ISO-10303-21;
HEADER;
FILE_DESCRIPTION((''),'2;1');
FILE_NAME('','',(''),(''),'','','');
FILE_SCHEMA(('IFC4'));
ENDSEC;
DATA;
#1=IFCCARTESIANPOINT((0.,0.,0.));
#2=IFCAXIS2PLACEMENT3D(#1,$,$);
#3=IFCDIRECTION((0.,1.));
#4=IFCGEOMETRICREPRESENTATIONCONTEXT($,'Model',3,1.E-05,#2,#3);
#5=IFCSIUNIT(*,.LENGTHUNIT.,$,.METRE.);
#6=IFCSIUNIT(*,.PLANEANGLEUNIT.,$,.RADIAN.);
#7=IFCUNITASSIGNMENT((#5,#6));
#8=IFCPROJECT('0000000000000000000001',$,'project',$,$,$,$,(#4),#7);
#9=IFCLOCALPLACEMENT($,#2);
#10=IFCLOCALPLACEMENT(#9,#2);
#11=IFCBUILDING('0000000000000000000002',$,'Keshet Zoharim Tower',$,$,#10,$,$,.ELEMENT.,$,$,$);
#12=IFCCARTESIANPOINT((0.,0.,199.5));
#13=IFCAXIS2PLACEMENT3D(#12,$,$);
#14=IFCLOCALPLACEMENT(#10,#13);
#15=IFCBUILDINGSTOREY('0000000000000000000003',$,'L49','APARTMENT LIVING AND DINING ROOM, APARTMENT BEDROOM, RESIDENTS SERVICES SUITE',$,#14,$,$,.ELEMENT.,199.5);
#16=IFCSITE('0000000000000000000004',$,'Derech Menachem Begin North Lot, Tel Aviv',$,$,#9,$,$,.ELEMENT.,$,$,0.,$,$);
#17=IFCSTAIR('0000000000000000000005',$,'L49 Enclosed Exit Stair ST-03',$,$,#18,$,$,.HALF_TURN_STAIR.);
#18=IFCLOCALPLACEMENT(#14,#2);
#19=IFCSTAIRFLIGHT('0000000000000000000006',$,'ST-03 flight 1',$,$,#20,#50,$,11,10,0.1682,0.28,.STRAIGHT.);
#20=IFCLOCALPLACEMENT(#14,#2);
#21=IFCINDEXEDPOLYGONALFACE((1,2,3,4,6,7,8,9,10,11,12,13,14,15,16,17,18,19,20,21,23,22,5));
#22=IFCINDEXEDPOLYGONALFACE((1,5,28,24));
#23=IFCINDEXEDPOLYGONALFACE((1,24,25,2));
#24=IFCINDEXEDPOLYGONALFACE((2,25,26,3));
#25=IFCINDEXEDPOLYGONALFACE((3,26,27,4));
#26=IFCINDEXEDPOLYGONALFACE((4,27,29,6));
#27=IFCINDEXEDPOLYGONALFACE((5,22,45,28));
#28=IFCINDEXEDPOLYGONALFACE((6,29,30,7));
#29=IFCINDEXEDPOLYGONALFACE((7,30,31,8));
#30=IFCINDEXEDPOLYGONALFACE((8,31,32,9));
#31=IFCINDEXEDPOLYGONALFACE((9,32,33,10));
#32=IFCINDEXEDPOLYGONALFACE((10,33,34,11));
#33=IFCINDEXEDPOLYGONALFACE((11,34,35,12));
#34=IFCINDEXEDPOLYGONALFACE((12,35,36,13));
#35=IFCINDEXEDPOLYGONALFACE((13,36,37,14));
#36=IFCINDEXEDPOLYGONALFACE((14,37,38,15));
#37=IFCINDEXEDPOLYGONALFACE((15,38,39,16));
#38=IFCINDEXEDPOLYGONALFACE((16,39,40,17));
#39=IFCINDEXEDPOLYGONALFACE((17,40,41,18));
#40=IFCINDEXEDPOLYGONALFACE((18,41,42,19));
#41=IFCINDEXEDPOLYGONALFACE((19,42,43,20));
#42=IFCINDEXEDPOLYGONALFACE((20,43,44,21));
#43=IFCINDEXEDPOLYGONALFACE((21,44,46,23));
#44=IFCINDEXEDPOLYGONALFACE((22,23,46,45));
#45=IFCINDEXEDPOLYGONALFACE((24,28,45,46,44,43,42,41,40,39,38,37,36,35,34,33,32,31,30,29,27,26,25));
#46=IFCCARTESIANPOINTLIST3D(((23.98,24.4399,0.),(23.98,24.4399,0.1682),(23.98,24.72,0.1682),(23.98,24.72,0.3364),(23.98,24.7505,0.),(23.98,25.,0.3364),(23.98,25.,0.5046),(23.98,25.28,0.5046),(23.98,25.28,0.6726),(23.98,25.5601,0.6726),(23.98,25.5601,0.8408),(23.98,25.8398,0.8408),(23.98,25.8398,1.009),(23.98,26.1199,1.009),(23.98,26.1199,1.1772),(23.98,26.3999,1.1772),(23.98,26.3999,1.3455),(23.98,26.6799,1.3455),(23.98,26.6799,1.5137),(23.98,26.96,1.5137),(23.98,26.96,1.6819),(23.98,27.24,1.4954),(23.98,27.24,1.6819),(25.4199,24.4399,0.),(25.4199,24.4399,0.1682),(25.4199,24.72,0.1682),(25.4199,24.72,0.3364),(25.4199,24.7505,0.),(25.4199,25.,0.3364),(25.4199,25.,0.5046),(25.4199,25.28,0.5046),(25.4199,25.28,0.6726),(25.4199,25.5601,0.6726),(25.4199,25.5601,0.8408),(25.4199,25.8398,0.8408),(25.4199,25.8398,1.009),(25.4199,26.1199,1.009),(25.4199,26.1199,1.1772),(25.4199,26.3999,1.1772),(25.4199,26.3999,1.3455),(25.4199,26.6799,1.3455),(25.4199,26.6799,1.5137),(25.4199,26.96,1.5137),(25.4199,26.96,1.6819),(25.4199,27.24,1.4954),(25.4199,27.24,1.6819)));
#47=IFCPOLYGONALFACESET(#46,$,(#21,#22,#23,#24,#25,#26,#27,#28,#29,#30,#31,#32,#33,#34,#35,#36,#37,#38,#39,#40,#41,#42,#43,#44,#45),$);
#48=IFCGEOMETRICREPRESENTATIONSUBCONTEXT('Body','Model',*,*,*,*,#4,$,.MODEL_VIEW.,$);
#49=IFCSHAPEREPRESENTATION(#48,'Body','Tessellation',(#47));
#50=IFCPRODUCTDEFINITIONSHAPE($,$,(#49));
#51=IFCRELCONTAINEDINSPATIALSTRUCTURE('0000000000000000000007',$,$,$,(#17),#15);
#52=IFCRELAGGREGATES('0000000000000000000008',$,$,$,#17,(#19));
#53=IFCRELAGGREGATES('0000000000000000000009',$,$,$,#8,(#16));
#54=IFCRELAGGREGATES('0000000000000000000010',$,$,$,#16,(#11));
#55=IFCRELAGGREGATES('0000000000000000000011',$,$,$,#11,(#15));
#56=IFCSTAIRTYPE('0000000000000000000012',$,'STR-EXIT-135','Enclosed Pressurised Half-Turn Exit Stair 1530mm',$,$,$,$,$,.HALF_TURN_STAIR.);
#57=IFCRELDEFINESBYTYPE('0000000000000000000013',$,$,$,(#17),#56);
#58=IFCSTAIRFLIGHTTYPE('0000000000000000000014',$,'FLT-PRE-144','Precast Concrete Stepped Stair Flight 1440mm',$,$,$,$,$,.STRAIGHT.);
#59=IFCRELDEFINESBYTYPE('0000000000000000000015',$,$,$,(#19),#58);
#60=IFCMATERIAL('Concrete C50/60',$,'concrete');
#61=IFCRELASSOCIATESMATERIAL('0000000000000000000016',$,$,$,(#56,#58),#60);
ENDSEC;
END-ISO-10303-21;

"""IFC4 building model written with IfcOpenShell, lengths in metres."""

from ifc_helpers import new_model, si_unit, direction, frame, origin, place, context, subcontext, project, spatial, polyline, outline, extrude, material, type_object, element, aggregate, save


model = new_model("IFC4")

# Units and contexts
model_context = context("Model", 3, precision=1e-05, world=origin(), true_north=direction((0.0, 1.0)))
body_context = subcontext(model_context, "Body", "Model", "MODEL_VIEW")
ifc_project = project(units=[si_unit("LENGTHUNIT", "METRE"), si_unit("PLANEANGLEUNIT", "RADIAN")], contexts=[model_context])

# Site, building, storey
site_placement = place(None, origin())
site = spatial("IfcSite", under=ifc_project, at=site_placement, Name="Derech Menachem Begin North Lot, Tel Aviv", CompositionType="ELEMENT", RefElevation=0.0)
building_placement = place(site_placement, origin())
building = spatial("IfcBuilding", under=site, at=building_placement, Name="Keshet Zoharim Tower", CompositionType="ELEMENT")
storey_placement = place(building_placement, frame((0.0, 0.0, 199.5)))
storey = spatial("IfcBuildingStorey", under=building, at=storey_placement, Name="L49", Description="APARTMENT LIVING AND DINING ROOM, APARTMENT BEDROOM, RESIDENTS SERVICES SUITE", CompositionType="ELEMENT", Elevation=199.5)

# Shared definitions
ifc_material_1 = material(Name="Concrete C50/60", Category="concrete")

# Stair, stair flight
stair_type = type_object("IfcStairType", Name="STR-EXIT-135", Description="Enclosed Pressurised Half-Turn Exit Stair 1530mm", PredefinedType="HALF_TURN_STAIR", material=ifc_material_1)
stair_placement = place(storey_placement, origin())
stair = element("IfcStair", 1, at=stair_placement, inside=storey, type_object=stair_type, Name="L49 Enclosed Exit Stair ST-03", PredefinedType="HALF_TURN_STAIR")
stair_flight_type = type_object("IfcStairFlightType", Name="FLT-PRE-144", Description="Precast Concrete Stepped Stair Flight 1440mm", PredefinedType="STRAIGHT", material=ifc_material_1)
stair_flight_placement = place(storey_placement, frame((24.7, 24.4399, 0.0), z_axis=(0.0, 0.0, 1.0), x_axis=(0.0, 1.0, 0.0)))
stair_flight = element("IfcStairFlight", 2, at=stair_flight_placement, type_object=stair_flight_type, Name="ST-03 flight 1", NumberOfRisers=11, NumberOfTreads=10, PredefinedType="STRAIGHT", RiserHeight=0.1682, TreadLength=0.28, context=body_context, shape_type="SweptSolid", body=[
    extrude(outline(polyline([(0.0, 0.0), (0.0, 0.1682), (0.28, 0.1682), (0.28, 0.3364), (0.5601, 0.3364), (0.5601, 0.5046), (0.8401, 0.5046), (0.8401, 0.6726), (1.1201, 0.6726), (1.1201, 0.8408), (1.3999, 0.8408), (1.3999, 1.009), (1.6799, 1.009), (1.6799, 1.1772), (1.96, 1.1772), (1.96, 1.3455), (2.24, 1.3455), (2.24, 1.5137), (2.52, 1.5137), (2.52, 1.6819), (2.8, 1.6819), (2.8, 1.8501), (2.8, 1.4954), (0.3105, 0.0), (0.0, 0.0)])), frame((0.0, 0.72, 0.0), z_axis=(0.0, -1.0, 0.0), x_axis=(1.0, 0.0, 0.0)), (0.0, 0.0, 1.0), 1.4399),
])
aggregate(stair, [stair_flight])

save(model, "model.ifc")
